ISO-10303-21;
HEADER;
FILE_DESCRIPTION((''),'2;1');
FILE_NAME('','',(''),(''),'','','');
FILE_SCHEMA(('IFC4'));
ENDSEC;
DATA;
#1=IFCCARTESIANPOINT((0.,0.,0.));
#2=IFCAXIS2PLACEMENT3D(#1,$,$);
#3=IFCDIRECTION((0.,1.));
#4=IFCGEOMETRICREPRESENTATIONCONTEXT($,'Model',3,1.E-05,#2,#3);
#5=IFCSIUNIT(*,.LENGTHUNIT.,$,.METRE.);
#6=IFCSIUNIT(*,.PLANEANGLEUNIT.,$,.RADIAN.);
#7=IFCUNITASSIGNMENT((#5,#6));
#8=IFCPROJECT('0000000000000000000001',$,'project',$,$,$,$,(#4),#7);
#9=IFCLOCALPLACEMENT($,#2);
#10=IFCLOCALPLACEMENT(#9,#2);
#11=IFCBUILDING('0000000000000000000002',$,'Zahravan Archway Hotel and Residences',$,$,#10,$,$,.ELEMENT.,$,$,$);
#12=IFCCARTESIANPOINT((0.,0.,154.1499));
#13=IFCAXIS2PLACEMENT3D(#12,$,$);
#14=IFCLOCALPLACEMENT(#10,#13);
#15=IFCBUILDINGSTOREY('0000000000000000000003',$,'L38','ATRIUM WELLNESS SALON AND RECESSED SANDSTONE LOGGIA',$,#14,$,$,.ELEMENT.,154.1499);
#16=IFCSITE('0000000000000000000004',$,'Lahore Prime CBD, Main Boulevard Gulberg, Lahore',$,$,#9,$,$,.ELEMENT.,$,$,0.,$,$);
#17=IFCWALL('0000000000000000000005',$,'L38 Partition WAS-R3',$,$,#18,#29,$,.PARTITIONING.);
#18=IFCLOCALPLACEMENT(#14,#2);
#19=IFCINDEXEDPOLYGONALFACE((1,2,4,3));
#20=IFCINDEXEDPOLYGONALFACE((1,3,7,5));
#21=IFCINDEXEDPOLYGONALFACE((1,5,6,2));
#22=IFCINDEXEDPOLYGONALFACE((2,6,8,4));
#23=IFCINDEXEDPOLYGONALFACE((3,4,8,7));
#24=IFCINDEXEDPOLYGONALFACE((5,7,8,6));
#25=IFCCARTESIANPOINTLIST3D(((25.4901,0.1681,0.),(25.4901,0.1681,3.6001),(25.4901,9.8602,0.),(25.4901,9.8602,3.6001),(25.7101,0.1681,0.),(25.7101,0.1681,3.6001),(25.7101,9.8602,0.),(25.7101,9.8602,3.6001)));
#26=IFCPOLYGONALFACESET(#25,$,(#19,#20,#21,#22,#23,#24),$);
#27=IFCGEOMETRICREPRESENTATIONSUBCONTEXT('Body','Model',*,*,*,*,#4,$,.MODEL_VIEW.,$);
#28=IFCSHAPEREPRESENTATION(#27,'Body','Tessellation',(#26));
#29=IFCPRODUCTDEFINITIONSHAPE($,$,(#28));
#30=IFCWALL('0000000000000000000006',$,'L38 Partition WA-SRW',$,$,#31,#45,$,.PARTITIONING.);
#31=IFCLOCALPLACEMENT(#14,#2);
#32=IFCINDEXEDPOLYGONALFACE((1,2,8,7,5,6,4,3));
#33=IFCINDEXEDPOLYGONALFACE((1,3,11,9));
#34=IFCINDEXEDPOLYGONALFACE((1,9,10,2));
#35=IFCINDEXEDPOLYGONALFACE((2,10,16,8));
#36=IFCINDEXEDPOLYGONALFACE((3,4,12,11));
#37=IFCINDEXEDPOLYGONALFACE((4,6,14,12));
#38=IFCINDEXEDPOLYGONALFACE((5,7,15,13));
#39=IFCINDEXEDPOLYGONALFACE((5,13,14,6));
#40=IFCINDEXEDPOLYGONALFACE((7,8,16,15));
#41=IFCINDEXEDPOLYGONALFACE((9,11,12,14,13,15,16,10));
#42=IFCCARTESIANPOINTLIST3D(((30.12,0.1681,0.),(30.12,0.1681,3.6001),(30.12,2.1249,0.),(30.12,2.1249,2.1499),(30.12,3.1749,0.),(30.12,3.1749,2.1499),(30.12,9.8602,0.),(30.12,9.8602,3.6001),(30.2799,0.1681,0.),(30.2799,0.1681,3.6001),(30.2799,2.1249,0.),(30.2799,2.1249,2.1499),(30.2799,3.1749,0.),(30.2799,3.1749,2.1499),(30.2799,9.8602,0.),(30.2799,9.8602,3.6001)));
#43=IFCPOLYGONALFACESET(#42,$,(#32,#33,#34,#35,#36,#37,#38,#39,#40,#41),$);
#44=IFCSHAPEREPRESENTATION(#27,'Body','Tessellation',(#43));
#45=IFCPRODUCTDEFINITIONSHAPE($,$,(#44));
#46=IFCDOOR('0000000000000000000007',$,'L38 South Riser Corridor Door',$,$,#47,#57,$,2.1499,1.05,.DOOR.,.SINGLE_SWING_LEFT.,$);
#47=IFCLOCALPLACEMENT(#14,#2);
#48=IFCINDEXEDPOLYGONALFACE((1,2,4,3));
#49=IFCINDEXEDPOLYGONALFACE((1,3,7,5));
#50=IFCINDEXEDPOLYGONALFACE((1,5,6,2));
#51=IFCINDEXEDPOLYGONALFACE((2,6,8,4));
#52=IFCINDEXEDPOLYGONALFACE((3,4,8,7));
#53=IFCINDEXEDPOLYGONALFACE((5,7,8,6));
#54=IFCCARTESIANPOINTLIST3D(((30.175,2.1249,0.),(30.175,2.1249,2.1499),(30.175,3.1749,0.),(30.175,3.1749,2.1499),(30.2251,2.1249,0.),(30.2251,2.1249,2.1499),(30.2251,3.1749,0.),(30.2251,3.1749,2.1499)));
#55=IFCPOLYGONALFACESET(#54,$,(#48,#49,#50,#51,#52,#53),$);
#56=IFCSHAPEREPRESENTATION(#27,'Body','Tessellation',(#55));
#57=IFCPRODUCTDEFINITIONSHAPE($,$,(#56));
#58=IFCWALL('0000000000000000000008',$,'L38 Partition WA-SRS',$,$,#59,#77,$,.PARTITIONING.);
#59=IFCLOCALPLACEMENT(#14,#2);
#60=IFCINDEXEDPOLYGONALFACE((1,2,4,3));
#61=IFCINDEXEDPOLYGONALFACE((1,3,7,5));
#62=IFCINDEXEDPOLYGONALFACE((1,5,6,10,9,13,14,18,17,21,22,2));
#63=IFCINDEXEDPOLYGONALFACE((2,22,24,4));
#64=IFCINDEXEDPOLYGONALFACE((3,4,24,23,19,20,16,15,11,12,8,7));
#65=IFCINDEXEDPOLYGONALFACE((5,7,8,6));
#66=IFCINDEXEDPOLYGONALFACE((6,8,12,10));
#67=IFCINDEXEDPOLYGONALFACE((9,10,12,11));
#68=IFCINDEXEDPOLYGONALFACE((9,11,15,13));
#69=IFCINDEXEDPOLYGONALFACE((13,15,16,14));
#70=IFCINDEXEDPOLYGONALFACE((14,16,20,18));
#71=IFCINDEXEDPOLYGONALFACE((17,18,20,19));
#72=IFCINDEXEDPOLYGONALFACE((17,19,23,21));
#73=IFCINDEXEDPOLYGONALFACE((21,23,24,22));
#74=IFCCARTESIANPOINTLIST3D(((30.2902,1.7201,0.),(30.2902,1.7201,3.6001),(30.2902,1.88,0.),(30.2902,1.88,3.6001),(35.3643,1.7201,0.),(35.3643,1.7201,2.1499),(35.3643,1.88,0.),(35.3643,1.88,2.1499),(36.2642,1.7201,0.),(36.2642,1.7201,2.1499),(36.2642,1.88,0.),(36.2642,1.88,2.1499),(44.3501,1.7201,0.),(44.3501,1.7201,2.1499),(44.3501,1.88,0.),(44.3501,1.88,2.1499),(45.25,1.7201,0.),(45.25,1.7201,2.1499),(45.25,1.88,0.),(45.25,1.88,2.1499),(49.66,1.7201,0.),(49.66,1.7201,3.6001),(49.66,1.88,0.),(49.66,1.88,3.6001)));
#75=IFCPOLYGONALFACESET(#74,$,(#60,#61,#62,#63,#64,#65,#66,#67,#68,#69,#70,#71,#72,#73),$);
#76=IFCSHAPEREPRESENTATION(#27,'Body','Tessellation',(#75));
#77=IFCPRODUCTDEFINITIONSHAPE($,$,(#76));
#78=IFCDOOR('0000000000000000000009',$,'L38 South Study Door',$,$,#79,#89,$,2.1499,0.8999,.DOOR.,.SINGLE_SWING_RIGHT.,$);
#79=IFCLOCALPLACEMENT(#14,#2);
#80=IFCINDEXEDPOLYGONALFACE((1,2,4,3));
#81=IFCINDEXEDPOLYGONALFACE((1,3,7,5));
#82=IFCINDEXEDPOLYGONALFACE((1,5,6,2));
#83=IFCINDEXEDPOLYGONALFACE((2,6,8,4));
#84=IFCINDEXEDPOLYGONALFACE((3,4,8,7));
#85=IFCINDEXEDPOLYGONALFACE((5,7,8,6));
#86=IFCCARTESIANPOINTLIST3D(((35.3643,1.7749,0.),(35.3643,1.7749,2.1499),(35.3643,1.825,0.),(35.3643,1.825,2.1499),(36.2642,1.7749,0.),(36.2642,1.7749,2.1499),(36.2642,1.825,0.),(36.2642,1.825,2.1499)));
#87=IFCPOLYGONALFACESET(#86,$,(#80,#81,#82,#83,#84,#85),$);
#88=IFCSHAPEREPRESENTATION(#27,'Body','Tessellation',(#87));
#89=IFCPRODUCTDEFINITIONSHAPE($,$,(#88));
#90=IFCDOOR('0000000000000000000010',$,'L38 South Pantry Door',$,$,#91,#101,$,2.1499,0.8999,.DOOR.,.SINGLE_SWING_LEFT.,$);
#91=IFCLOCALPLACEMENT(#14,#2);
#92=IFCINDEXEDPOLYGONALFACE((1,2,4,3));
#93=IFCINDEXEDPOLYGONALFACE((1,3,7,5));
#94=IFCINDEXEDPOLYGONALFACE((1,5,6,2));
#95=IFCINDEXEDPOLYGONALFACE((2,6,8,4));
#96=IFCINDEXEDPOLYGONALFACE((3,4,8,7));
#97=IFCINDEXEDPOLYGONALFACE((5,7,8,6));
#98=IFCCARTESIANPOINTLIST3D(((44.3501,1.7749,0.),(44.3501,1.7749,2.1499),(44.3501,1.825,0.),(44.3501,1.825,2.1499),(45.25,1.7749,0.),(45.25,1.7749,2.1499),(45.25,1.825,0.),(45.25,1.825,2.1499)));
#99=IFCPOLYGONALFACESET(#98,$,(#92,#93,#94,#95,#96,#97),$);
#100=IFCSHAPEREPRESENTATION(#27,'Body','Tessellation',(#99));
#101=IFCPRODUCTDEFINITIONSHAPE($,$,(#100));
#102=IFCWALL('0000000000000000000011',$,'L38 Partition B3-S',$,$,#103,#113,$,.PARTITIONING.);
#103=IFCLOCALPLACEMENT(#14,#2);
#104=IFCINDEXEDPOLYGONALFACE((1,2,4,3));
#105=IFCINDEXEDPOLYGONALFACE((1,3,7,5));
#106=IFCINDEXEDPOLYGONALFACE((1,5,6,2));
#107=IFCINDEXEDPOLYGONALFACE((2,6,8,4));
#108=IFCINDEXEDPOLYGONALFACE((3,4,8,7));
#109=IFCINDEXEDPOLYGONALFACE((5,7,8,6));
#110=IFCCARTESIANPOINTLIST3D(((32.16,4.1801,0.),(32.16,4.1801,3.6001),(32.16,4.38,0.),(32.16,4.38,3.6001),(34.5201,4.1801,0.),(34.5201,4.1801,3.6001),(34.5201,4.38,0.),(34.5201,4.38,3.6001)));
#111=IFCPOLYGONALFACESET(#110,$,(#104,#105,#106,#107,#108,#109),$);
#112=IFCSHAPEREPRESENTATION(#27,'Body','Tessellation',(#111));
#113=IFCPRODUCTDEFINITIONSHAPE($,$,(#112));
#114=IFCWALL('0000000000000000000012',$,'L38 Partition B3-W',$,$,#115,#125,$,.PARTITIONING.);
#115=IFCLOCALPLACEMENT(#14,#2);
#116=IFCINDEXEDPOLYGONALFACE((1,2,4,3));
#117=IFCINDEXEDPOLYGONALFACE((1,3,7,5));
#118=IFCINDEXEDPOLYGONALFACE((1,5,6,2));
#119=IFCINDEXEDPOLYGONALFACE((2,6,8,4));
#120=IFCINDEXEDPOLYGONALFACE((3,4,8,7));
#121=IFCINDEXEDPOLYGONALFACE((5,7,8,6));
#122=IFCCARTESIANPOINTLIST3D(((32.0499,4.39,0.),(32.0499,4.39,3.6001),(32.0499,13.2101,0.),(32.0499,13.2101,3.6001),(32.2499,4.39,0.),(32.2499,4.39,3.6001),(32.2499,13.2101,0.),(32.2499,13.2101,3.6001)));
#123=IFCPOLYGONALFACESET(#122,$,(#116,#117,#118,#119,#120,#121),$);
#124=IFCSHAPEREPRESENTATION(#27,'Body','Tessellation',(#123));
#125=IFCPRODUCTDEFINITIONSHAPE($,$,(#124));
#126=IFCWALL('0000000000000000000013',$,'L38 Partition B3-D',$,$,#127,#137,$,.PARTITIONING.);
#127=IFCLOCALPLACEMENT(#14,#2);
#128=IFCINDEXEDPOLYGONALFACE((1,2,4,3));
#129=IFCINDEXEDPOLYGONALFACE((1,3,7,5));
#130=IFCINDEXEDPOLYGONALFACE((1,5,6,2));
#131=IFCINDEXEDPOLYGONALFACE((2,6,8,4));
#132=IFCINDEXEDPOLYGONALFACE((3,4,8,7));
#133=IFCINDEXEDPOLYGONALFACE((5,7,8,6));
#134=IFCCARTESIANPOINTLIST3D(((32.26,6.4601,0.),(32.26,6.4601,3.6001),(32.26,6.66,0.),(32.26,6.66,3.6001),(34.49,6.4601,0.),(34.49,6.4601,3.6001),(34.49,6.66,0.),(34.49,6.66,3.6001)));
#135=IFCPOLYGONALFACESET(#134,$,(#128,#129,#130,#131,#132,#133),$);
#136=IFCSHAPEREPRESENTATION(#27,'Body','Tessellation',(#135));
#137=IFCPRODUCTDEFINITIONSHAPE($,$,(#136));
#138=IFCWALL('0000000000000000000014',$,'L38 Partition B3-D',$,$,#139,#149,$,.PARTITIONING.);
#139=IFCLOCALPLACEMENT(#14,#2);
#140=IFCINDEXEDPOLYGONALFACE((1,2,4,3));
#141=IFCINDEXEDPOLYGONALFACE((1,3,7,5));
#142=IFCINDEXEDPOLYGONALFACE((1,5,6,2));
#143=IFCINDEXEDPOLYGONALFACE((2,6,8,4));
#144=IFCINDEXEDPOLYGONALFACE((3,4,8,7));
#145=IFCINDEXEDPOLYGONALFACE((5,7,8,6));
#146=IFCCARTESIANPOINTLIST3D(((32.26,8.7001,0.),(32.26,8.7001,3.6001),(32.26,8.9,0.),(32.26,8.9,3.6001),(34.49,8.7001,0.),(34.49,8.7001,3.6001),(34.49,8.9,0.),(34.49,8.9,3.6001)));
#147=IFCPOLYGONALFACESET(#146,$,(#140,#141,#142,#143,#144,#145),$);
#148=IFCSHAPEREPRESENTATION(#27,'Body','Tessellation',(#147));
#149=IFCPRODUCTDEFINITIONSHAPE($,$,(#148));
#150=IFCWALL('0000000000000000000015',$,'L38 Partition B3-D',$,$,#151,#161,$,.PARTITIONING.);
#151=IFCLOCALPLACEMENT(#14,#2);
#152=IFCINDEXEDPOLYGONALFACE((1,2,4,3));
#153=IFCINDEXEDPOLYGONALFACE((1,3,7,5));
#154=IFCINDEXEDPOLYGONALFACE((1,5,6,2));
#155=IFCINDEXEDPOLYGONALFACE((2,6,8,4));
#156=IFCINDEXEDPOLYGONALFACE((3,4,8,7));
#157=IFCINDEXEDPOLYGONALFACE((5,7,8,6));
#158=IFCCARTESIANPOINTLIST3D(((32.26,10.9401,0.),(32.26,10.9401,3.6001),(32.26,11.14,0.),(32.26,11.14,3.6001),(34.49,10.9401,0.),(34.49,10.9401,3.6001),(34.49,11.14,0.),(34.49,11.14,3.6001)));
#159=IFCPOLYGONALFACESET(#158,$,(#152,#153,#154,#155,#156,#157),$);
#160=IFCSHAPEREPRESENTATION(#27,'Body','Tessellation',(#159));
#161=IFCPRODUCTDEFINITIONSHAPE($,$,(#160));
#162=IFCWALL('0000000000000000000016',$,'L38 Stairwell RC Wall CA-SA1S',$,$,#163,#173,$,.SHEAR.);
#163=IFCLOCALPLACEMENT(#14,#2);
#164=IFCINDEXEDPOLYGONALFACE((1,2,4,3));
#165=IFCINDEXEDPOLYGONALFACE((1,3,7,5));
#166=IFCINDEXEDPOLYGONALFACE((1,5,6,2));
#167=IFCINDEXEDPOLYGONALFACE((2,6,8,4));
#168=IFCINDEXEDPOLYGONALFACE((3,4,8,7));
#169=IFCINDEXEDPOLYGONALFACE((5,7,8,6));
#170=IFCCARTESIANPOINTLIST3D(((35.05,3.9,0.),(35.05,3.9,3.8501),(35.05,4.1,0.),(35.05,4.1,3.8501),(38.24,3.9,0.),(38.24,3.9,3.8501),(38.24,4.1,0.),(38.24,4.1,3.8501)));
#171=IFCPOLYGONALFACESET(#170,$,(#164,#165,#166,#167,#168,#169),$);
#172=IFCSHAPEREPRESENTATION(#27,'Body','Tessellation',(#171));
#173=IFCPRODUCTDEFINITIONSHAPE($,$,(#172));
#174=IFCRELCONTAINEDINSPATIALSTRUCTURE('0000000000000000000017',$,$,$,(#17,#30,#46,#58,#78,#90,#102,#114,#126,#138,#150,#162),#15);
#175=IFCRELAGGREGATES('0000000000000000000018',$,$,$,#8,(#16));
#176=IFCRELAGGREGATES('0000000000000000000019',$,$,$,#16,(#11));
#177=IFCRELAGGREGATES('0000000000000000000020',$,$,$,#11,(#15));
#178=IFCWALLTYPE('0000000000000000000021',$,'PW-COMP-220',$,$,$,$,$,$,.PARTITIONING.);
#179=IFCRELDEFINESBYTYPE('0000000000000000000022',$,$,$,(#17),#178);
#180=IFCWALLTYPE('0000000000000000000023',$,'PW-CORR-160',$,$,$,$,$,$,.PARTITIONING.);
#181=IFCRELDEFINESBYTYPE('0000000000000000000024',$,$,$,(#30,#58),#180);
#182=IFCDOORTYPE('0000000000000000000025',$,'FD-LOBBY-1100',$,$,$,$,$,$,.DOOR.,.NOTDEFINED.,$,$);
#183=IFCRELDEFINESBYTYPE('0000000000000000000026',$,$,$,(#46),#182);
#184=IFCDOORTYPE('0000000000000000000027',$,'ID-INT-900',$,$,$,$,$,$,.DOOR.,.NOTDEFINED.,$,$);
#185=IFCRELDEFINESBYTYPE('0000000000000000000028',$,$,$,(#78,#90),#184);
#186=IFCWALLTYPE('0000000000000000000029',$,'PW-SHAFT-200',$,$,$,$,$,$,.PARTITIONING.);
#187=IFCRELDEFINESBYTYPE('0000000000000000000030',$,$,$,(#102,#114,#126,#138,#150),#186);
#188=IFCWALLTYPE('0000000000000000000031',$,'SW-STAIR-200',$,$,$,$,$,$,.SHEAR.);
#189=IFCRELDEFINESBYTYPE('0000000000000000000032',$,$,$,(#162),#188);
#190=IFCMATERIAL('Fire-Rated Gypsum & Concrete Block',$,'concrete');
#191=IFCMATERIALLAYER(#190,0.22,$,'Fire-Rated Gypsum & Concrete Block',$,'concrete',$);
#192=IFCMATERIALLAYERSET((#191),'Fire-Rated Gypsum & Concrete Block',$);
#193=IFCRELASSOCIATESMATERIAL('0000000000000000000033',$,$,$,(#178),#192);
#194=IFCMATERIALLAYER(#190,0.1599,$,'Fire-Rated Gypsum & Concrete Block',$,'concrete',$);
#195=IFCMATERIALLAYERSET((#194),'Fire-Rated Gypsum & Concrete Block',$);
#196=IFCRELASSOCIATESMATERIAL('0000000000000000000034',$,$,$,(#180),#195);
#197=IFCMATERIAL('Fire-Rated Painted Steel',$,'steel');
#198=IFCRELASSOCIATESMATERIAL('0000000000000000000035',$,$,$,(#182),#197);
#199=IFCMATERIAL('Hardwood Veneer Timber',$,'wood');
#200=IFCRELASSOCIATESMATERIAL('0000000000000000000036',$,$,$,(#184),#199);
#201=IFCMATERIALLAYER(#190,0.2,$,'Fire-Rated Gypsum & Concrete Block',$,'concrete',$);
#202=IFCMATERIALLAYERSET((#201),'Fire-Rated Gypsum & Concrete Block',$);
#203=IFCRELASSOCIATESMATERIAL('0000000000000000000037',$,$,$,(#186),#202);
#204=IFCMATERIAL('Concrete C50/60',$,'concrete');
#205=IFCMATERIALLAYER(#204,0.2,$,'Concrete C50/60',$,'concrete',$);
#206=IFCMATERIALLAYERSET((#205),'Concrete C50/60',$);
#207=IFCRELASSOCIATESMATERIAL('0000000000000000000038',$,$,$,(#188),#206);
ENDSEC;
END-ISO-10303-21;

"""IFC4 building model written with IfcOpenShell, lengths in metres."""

from ifc_helpers import new_model, si_unit, direction, frame, frame_2d, origin, place, context, subcontext, project, spatial, rectangle, extrude, source, transform, mapped, material, layer, layer_set, type_object, type_shapes, element, fill, save


model = new_model("IFC4")

# Units and contexts
model_context = context("Model", 3, precision=1e-05, world=origin(), true_north=direction((0.0, 1.0)))
body_context = subcontext(model_context, "Body", "Model", "MODEL_VIEW")
ifc_project = project(units=[si_unit("LENGTHUNIT", "METRE"), si_unit("PLANEANGLEUNIT", "RADIAN")], contexts=[model_context])

# Site, building, storey
site_placement = place(None, origin())
site = spatial("IfcSite", under=ifc_project, at=site_placement, Name="Lahore Prime CBD, Main Boulevard Gulberg, Lahore", CompositionType="ELEMENT", RefElevation=0.0)
building_placement = place(site_placement, origin())
building = spatial("IfcBuilding", under=site, at=building_placement, Name="Zahravan Archway Hotel and Residences", CompositionType="ELEMENT")
storey_placement = place(building_placement, frame((0.0, 0.0, 154.1499)))
storey = spatial("IfcBuildingStorey", under=building, at=storey_placement, Name="L38", Description="ATRIUM WELLNESS SALON AND RECESSED SANDSTONE LOGGIA", CompositionType="ELEMENT", Elevation=154.1499)

# Shared definitions
ifc_material_1 = material(Name="Fire-Rated Painted Steel", Category="steel")

# Wall
ifc_material_2 = material(Name="Fire-Rated Gypsum & Concrete Block", Category="concrete")
ifc_layer_1 = layer(ifc_material_2, 0.22, Name="Fire-Rated Gypsum & Concrete Block", Category="concrete")
ifc_layer_set_1 = layer_set([ifc_layer_1], Name="Fire-Rated Gypsum & Concrete Block")
wall_type_1 = type_object("IfcWallType", Name="PW-COMP-220", PredefinedType="PARTITIONING", material=ifc_layer_set_1)
wall_1_placement = place(storey_placement, frame((25.6001, 0.168, 0.0), z_axis=(0.0, 0.0, 1.0), x_axis=(0.0, 1.0, 0.0)))
element("IfcWall", 1, at=wall_1_placement, inside=storey, type_object=wall_type_1, Name="L38 Partition WAS-R3", PredefinedType="PARTITIONING", context=body_context, shape_type="SweptSolid", body=[
    extrude(rectangle(XDim=9.6921, YDim=0.22, at=frame_2d((4.8462, 0.0))), origin(), (0.0, 0.0, 1.0), 3.6001),
])

# Wall, opening, door
ifc_layer_2 = layer(ifc_material_2, 0.1599, Name="Fire-Rated Gypsum & Concrete Block", Category="concrete")
ifc_layer_set_2 = layer_set([ifc_layer_2], Name="Fire-Rated Gypsum & Concrete Block")
wall_type_2 = type_object("IfcWallType", Name="PW-CORR-160", PredefinedType="PARTITIONING", material=ifc_layer_set_2)
wall_2_placement = place(storey_placement, frame((30.2, 0.168, 0.0), z_axis=(0.0, 0.0, 1.0), x_axis=(0.0, 1.0, 0.0)))
wall_2 = element("IfcWall", 2, at=wall_2_placement, inside=storey, type_object=wall_type_2, Name="L38 Partition WA-SRW", PredefinedType="PARTITIONING", context=body_context, shape_type="SweptSolid", body=[
    extrude(rectangle(XDim=9.6921, YDim=0.1599, at=frame_2d((4.8462, 0.0))), origin(), (0.0, 0.0, 1.0), 3.6001),
])
opening_1_placement = place(wall_2_placement, frame((1.957, 0.0, 0.0)))
opening_1 = element("IfcOpeningElement", 3, at=opening_1_placement, cuts=wall_2, PredefinedType="OPENING", context=body_context, shape_type="SweptSolid", body=[
    extrude(rectangle(XDim=1.05, YDim=2.1499, at=frame_2d((0.5249, 1.075))), frame((0.0, 0.0898, 0.0), z_axis=(0.0, -1.0, 0.0), x_axis=(1.0, 0.0, 0.0)), (0.0, 0.0, 1.0), 0.1799),
])
door_type_1 = type_object("IfcDoorType", Name="FD-LOBBY-1100", OperationType="NOTDEFINED", PredefinedType="DOOR", material=ifc_material_1)
shared_shape_1 = source(origin(), body_context, "Body", "SweptSolid", [
    extrude(rectangle(XDim=1.05, YDim=2.1499, at=frame_2d((0.5249, 1.075))), frame((0.0, 0.0249, 0.0), z_axis=(0.0, -1.0, 0.0), x_axis=(1.0, 0.0, 0.0)), (0.0, 0.0, 1.0), 0.05),
])
type_shapes(door_type_1, [shared_shape_1])
door_1_placement = place(opening_1_placement, origin())
door_1 = element("IfcDoor", 4, at=door_1_placement, inside=storey, type_object=door_type_1, Name="L38 South Riser Corridor Door", OperationType="SINGLE_SWING_LEFT", OverallHeight=2.1499, OverallWidth=1.05, PredefinedType="DOOR", context=body_context, shape_type="MappedRepresentation", body=[
    mapped(shared_shape_1, transform((0.0, 0.0, 0.0), scale=1.0)),
])
fill(opening_1, door_1)

# Wall, openings, doors
wall_3_placement = place(storey_placement, frame((30.29, 1.8, 0.0), z_axis=(0.0, 0.0, 1.0), x_axis=(1.0, 0.0, 0.0)))
wall_3 = element("IfcWall", 5, at=wall_3_placement, inside=storey, type_object=wall_type_2, Name="L38 Partition WA-SRS", PredefinedType="PARTITIONING", context=body_context, shape_type="SweptSolid", body=[
    extrude(rectangle(XDim=19.3699, YDim=0.1599, at=frame_2d((9.6851, 0.0))), origin(), (0.0, 0.0, 1.0), 3.6001),
])
opening_2_placement = place(wall_3_placement, frame((5.0742, 0.0, 0.0)))
opening_2 = element("IfcOpeningElement", 6, at=opening_2_placement, cuts=wall_3, PredefinedType="OPENING", context=body_context, shape_type="SweptSolid", body=[
    extrude(rectangle(XDim=0.8999, YDim=2.1499, at=frame_2d((0.45, 1.075))), frame((0.0, 0.0898, 0.0), z_axis=(0.0, -1.0, 0.0), x_axis=(1.0, 0.0, 0.0)), (0.0, 0.0, 1.0), 0.1799),
])
opening_3_placement = place(wall_3_placement, frame((14.0601, 0.0, 0.0)))
opening_3 = element("IfcOpeningElement", 7, at=opening_3_placement, cuts=wall_3, PredefinedType="OPENING", context=body_context, shape_type="SweptSolid", body=[
    extrude(rectangle(XDim=0.8999, YDim=2.1499, at=frame_2d((0.45, 1.075))), frame((0.0, 0.0898, 0.0), z_axis=(0.0, -1.0, 0.0), x_axis=(1.0, 0.0, 0.0)), (0.0, 0.0, 1.0), 0.1799),
])
ifc_material_3 = material(Name="Hardwood Veneer Timber", Category="wood")
door_type_2 = type_object("IfcDoorType", Name="ID-INT-900", OperationType="NOTDEFINED", PredefinedType="DOOR", material=ifc_material_3)
shared_shape_2 = source(origin(), body_context, "Body", "SweptSolid", [
    extrude(rectangle(XDim=0.8999, YDim=2.1499, at=frame_2d((0.45, 1.075))), frame((0.0, 0.0249, 0.0), z_axis=(0.0, -1.0, 0.0), x_axis=(1.0, 0.0, 0.0)), (0.0, 0.0, 1.0), 0.05),
])
type_shapes(door_type_2, [shared_shape_2])
door_2_placement = place(opening_2_placement, origin())
door_2 = element("IfcDoor", 8, at=door_2_placement, inside=storey, type_object=door_type_2, Name="L38 South Study Door", OperationType="SINGLE_SWING_RIGHT", OverallHeight=2.1499, OverallWidth=0.8999, PredefinedType="DOOR", context=body_context, shape_type="MappedRepresentation", body=[
    mapped(shared_shape_2, transform((0.0, 0.0, 0.0), scale=1.0)),
])
fill(opening_2, door_2)
door_3_placement = place(opening_3_placement, origin())
door_3 = element("IfcDoor", 9, at=door_3_placement, inside=storey, type_object=door_type_2, Name="L38 South Pantry Door", OperationType="SINGLE_SWING_LEFT", OverallHeight=2.1499, OverallWidth=0.8999, PredefinedType="DOOR", context=body_context, shape_type="MappedRepresentation", body=[
    mapped(shared_shape_2, transform((0.0, 0.0, 0.0), scale=1.0)),
])
fill(opening_3, door_3)

# Walls
ifc_layer_3 = layer(ifc_material_2, 0.2, Name="Fire-Rated Gypsum & Concrete Block", Category="concrete")
ifc_layer_set_3 = layer_set([ifc_layer_3], Name="Fire-Rated Gypsum & Concrete Block")
wall_type_3 = type_object("IfcWallType", Name="PW-SHAFT-200", PredefinedType="PARTITIONING", material=ifc_layer_set_3)
wall_4_placement = place(storey_placement, frame((32.1599, 4.28, 0.0), z_axis=(0.0, 0.0, 1.0), x_axis=(1.0, 0.0, 0.0)))
element("IfcWall", 10, at=wall_4_placement, inside=storey, type_object=wall_type_3, Name="L38 Partition B3-S", PredefinedType="PARTITIONING", context=body_context, shape_type="SweptSolid", body=[
    extrude(rectangle(XDim=2.3601, YDim=0.2, at=frame_2d((1.1802, 0.0))), origin(), (0.0, 0.0, 1.0), 3.6001),
])
wall_5_placement = place(storey_placement, frame((32.1499, 4.3899, 0.0), z_axis=(0.0, 0.0, 1.0), x_axis=(0.0, 1.0, 0.0)))
element("IfcWall", 11, at=wall_5_placement, inside=storey, type_object=wall_type_3, Name="L38 Partition B3-W", PredefinedType="PARTITIONING", context=body_context, shape_type="SweptSolid", body=[
    extrude(rectangle(XDim=8.8201, YDim=0.2, at=frame_2d((4.4102, 0.0))), origin(), (0.0, 0.0, 1.0), 3.6001),
])
for number, where, z_axis, x_axis, name in (
    (12, (32.26, 6.5601, 0.0), (0.0, 0.0, 1.0), (1.0, 0.0, 0.0), "L38 Partition B3-D"),
    (13, (32.26, 8.8, 0.0), (0.0, 0.0, 1.0), (1.0, 0.0, 0.0), "L38 Partition B3-D"),
    (14, (32.26, 11.04, 0.0), (0.0, 0.0, 1.0), (1.0, 0.0, 0.0), "L38 Partition B3-D"),
):
    element("IfcWall", number, at=place(storey_placement, frame(where, z_axis=z_axis, x_axis=x_axis)), inside=storey, type_object=wall_type_3, Name=name, PredefinedType="PARTITIONING", context=body_context, shape_type="SweptSolid", body=[
        extrude(rectangle(XDim=2.23, YDim=0.2, at=frame_2d((1.115, 0.0))), origin(), (0.0, 0.0, 1.0), 3.6001),
    ])
ifc_material_4 = material(Name="Concrete C50/60", Category="concrete")
ifc_layer_4 = layer(ifc_material_4, 0.2, Name="Concrete C50/60", Category="concrete")
ifc_layer_set_4 = layer_set([ifc_layer_4], Name="Concrete C50/60")
wall_type_4 = type_object("IfcWallType", Name="SW-STAIR-200", PredefinedType="SHEAR", material=ifc_layer_set_4)
wall_6_placement = place(storey_placement, frame((35.05, 4.0, 0.0), z_axis=(0.0, 0.0, 1.0), x_axis=(1.0, 0.0, 0.0)))
element("IfcWall", 15, at=wall_6_placement, inside=storey, type_object=wall_type_4, Name="L38 Stairwell RC Wall CA-SA1S", PredefinedType="SHEAR", context=body_context, shape_type="SweptSolid", body=[
    extrude(rectangle(XDim=3.1899, YDim=0.2, at=frame_2d((1.595, 0.0))), origin(), (0.0, 0.0, 1.0), 3.8501),
])

save(model, "model.ifc")
